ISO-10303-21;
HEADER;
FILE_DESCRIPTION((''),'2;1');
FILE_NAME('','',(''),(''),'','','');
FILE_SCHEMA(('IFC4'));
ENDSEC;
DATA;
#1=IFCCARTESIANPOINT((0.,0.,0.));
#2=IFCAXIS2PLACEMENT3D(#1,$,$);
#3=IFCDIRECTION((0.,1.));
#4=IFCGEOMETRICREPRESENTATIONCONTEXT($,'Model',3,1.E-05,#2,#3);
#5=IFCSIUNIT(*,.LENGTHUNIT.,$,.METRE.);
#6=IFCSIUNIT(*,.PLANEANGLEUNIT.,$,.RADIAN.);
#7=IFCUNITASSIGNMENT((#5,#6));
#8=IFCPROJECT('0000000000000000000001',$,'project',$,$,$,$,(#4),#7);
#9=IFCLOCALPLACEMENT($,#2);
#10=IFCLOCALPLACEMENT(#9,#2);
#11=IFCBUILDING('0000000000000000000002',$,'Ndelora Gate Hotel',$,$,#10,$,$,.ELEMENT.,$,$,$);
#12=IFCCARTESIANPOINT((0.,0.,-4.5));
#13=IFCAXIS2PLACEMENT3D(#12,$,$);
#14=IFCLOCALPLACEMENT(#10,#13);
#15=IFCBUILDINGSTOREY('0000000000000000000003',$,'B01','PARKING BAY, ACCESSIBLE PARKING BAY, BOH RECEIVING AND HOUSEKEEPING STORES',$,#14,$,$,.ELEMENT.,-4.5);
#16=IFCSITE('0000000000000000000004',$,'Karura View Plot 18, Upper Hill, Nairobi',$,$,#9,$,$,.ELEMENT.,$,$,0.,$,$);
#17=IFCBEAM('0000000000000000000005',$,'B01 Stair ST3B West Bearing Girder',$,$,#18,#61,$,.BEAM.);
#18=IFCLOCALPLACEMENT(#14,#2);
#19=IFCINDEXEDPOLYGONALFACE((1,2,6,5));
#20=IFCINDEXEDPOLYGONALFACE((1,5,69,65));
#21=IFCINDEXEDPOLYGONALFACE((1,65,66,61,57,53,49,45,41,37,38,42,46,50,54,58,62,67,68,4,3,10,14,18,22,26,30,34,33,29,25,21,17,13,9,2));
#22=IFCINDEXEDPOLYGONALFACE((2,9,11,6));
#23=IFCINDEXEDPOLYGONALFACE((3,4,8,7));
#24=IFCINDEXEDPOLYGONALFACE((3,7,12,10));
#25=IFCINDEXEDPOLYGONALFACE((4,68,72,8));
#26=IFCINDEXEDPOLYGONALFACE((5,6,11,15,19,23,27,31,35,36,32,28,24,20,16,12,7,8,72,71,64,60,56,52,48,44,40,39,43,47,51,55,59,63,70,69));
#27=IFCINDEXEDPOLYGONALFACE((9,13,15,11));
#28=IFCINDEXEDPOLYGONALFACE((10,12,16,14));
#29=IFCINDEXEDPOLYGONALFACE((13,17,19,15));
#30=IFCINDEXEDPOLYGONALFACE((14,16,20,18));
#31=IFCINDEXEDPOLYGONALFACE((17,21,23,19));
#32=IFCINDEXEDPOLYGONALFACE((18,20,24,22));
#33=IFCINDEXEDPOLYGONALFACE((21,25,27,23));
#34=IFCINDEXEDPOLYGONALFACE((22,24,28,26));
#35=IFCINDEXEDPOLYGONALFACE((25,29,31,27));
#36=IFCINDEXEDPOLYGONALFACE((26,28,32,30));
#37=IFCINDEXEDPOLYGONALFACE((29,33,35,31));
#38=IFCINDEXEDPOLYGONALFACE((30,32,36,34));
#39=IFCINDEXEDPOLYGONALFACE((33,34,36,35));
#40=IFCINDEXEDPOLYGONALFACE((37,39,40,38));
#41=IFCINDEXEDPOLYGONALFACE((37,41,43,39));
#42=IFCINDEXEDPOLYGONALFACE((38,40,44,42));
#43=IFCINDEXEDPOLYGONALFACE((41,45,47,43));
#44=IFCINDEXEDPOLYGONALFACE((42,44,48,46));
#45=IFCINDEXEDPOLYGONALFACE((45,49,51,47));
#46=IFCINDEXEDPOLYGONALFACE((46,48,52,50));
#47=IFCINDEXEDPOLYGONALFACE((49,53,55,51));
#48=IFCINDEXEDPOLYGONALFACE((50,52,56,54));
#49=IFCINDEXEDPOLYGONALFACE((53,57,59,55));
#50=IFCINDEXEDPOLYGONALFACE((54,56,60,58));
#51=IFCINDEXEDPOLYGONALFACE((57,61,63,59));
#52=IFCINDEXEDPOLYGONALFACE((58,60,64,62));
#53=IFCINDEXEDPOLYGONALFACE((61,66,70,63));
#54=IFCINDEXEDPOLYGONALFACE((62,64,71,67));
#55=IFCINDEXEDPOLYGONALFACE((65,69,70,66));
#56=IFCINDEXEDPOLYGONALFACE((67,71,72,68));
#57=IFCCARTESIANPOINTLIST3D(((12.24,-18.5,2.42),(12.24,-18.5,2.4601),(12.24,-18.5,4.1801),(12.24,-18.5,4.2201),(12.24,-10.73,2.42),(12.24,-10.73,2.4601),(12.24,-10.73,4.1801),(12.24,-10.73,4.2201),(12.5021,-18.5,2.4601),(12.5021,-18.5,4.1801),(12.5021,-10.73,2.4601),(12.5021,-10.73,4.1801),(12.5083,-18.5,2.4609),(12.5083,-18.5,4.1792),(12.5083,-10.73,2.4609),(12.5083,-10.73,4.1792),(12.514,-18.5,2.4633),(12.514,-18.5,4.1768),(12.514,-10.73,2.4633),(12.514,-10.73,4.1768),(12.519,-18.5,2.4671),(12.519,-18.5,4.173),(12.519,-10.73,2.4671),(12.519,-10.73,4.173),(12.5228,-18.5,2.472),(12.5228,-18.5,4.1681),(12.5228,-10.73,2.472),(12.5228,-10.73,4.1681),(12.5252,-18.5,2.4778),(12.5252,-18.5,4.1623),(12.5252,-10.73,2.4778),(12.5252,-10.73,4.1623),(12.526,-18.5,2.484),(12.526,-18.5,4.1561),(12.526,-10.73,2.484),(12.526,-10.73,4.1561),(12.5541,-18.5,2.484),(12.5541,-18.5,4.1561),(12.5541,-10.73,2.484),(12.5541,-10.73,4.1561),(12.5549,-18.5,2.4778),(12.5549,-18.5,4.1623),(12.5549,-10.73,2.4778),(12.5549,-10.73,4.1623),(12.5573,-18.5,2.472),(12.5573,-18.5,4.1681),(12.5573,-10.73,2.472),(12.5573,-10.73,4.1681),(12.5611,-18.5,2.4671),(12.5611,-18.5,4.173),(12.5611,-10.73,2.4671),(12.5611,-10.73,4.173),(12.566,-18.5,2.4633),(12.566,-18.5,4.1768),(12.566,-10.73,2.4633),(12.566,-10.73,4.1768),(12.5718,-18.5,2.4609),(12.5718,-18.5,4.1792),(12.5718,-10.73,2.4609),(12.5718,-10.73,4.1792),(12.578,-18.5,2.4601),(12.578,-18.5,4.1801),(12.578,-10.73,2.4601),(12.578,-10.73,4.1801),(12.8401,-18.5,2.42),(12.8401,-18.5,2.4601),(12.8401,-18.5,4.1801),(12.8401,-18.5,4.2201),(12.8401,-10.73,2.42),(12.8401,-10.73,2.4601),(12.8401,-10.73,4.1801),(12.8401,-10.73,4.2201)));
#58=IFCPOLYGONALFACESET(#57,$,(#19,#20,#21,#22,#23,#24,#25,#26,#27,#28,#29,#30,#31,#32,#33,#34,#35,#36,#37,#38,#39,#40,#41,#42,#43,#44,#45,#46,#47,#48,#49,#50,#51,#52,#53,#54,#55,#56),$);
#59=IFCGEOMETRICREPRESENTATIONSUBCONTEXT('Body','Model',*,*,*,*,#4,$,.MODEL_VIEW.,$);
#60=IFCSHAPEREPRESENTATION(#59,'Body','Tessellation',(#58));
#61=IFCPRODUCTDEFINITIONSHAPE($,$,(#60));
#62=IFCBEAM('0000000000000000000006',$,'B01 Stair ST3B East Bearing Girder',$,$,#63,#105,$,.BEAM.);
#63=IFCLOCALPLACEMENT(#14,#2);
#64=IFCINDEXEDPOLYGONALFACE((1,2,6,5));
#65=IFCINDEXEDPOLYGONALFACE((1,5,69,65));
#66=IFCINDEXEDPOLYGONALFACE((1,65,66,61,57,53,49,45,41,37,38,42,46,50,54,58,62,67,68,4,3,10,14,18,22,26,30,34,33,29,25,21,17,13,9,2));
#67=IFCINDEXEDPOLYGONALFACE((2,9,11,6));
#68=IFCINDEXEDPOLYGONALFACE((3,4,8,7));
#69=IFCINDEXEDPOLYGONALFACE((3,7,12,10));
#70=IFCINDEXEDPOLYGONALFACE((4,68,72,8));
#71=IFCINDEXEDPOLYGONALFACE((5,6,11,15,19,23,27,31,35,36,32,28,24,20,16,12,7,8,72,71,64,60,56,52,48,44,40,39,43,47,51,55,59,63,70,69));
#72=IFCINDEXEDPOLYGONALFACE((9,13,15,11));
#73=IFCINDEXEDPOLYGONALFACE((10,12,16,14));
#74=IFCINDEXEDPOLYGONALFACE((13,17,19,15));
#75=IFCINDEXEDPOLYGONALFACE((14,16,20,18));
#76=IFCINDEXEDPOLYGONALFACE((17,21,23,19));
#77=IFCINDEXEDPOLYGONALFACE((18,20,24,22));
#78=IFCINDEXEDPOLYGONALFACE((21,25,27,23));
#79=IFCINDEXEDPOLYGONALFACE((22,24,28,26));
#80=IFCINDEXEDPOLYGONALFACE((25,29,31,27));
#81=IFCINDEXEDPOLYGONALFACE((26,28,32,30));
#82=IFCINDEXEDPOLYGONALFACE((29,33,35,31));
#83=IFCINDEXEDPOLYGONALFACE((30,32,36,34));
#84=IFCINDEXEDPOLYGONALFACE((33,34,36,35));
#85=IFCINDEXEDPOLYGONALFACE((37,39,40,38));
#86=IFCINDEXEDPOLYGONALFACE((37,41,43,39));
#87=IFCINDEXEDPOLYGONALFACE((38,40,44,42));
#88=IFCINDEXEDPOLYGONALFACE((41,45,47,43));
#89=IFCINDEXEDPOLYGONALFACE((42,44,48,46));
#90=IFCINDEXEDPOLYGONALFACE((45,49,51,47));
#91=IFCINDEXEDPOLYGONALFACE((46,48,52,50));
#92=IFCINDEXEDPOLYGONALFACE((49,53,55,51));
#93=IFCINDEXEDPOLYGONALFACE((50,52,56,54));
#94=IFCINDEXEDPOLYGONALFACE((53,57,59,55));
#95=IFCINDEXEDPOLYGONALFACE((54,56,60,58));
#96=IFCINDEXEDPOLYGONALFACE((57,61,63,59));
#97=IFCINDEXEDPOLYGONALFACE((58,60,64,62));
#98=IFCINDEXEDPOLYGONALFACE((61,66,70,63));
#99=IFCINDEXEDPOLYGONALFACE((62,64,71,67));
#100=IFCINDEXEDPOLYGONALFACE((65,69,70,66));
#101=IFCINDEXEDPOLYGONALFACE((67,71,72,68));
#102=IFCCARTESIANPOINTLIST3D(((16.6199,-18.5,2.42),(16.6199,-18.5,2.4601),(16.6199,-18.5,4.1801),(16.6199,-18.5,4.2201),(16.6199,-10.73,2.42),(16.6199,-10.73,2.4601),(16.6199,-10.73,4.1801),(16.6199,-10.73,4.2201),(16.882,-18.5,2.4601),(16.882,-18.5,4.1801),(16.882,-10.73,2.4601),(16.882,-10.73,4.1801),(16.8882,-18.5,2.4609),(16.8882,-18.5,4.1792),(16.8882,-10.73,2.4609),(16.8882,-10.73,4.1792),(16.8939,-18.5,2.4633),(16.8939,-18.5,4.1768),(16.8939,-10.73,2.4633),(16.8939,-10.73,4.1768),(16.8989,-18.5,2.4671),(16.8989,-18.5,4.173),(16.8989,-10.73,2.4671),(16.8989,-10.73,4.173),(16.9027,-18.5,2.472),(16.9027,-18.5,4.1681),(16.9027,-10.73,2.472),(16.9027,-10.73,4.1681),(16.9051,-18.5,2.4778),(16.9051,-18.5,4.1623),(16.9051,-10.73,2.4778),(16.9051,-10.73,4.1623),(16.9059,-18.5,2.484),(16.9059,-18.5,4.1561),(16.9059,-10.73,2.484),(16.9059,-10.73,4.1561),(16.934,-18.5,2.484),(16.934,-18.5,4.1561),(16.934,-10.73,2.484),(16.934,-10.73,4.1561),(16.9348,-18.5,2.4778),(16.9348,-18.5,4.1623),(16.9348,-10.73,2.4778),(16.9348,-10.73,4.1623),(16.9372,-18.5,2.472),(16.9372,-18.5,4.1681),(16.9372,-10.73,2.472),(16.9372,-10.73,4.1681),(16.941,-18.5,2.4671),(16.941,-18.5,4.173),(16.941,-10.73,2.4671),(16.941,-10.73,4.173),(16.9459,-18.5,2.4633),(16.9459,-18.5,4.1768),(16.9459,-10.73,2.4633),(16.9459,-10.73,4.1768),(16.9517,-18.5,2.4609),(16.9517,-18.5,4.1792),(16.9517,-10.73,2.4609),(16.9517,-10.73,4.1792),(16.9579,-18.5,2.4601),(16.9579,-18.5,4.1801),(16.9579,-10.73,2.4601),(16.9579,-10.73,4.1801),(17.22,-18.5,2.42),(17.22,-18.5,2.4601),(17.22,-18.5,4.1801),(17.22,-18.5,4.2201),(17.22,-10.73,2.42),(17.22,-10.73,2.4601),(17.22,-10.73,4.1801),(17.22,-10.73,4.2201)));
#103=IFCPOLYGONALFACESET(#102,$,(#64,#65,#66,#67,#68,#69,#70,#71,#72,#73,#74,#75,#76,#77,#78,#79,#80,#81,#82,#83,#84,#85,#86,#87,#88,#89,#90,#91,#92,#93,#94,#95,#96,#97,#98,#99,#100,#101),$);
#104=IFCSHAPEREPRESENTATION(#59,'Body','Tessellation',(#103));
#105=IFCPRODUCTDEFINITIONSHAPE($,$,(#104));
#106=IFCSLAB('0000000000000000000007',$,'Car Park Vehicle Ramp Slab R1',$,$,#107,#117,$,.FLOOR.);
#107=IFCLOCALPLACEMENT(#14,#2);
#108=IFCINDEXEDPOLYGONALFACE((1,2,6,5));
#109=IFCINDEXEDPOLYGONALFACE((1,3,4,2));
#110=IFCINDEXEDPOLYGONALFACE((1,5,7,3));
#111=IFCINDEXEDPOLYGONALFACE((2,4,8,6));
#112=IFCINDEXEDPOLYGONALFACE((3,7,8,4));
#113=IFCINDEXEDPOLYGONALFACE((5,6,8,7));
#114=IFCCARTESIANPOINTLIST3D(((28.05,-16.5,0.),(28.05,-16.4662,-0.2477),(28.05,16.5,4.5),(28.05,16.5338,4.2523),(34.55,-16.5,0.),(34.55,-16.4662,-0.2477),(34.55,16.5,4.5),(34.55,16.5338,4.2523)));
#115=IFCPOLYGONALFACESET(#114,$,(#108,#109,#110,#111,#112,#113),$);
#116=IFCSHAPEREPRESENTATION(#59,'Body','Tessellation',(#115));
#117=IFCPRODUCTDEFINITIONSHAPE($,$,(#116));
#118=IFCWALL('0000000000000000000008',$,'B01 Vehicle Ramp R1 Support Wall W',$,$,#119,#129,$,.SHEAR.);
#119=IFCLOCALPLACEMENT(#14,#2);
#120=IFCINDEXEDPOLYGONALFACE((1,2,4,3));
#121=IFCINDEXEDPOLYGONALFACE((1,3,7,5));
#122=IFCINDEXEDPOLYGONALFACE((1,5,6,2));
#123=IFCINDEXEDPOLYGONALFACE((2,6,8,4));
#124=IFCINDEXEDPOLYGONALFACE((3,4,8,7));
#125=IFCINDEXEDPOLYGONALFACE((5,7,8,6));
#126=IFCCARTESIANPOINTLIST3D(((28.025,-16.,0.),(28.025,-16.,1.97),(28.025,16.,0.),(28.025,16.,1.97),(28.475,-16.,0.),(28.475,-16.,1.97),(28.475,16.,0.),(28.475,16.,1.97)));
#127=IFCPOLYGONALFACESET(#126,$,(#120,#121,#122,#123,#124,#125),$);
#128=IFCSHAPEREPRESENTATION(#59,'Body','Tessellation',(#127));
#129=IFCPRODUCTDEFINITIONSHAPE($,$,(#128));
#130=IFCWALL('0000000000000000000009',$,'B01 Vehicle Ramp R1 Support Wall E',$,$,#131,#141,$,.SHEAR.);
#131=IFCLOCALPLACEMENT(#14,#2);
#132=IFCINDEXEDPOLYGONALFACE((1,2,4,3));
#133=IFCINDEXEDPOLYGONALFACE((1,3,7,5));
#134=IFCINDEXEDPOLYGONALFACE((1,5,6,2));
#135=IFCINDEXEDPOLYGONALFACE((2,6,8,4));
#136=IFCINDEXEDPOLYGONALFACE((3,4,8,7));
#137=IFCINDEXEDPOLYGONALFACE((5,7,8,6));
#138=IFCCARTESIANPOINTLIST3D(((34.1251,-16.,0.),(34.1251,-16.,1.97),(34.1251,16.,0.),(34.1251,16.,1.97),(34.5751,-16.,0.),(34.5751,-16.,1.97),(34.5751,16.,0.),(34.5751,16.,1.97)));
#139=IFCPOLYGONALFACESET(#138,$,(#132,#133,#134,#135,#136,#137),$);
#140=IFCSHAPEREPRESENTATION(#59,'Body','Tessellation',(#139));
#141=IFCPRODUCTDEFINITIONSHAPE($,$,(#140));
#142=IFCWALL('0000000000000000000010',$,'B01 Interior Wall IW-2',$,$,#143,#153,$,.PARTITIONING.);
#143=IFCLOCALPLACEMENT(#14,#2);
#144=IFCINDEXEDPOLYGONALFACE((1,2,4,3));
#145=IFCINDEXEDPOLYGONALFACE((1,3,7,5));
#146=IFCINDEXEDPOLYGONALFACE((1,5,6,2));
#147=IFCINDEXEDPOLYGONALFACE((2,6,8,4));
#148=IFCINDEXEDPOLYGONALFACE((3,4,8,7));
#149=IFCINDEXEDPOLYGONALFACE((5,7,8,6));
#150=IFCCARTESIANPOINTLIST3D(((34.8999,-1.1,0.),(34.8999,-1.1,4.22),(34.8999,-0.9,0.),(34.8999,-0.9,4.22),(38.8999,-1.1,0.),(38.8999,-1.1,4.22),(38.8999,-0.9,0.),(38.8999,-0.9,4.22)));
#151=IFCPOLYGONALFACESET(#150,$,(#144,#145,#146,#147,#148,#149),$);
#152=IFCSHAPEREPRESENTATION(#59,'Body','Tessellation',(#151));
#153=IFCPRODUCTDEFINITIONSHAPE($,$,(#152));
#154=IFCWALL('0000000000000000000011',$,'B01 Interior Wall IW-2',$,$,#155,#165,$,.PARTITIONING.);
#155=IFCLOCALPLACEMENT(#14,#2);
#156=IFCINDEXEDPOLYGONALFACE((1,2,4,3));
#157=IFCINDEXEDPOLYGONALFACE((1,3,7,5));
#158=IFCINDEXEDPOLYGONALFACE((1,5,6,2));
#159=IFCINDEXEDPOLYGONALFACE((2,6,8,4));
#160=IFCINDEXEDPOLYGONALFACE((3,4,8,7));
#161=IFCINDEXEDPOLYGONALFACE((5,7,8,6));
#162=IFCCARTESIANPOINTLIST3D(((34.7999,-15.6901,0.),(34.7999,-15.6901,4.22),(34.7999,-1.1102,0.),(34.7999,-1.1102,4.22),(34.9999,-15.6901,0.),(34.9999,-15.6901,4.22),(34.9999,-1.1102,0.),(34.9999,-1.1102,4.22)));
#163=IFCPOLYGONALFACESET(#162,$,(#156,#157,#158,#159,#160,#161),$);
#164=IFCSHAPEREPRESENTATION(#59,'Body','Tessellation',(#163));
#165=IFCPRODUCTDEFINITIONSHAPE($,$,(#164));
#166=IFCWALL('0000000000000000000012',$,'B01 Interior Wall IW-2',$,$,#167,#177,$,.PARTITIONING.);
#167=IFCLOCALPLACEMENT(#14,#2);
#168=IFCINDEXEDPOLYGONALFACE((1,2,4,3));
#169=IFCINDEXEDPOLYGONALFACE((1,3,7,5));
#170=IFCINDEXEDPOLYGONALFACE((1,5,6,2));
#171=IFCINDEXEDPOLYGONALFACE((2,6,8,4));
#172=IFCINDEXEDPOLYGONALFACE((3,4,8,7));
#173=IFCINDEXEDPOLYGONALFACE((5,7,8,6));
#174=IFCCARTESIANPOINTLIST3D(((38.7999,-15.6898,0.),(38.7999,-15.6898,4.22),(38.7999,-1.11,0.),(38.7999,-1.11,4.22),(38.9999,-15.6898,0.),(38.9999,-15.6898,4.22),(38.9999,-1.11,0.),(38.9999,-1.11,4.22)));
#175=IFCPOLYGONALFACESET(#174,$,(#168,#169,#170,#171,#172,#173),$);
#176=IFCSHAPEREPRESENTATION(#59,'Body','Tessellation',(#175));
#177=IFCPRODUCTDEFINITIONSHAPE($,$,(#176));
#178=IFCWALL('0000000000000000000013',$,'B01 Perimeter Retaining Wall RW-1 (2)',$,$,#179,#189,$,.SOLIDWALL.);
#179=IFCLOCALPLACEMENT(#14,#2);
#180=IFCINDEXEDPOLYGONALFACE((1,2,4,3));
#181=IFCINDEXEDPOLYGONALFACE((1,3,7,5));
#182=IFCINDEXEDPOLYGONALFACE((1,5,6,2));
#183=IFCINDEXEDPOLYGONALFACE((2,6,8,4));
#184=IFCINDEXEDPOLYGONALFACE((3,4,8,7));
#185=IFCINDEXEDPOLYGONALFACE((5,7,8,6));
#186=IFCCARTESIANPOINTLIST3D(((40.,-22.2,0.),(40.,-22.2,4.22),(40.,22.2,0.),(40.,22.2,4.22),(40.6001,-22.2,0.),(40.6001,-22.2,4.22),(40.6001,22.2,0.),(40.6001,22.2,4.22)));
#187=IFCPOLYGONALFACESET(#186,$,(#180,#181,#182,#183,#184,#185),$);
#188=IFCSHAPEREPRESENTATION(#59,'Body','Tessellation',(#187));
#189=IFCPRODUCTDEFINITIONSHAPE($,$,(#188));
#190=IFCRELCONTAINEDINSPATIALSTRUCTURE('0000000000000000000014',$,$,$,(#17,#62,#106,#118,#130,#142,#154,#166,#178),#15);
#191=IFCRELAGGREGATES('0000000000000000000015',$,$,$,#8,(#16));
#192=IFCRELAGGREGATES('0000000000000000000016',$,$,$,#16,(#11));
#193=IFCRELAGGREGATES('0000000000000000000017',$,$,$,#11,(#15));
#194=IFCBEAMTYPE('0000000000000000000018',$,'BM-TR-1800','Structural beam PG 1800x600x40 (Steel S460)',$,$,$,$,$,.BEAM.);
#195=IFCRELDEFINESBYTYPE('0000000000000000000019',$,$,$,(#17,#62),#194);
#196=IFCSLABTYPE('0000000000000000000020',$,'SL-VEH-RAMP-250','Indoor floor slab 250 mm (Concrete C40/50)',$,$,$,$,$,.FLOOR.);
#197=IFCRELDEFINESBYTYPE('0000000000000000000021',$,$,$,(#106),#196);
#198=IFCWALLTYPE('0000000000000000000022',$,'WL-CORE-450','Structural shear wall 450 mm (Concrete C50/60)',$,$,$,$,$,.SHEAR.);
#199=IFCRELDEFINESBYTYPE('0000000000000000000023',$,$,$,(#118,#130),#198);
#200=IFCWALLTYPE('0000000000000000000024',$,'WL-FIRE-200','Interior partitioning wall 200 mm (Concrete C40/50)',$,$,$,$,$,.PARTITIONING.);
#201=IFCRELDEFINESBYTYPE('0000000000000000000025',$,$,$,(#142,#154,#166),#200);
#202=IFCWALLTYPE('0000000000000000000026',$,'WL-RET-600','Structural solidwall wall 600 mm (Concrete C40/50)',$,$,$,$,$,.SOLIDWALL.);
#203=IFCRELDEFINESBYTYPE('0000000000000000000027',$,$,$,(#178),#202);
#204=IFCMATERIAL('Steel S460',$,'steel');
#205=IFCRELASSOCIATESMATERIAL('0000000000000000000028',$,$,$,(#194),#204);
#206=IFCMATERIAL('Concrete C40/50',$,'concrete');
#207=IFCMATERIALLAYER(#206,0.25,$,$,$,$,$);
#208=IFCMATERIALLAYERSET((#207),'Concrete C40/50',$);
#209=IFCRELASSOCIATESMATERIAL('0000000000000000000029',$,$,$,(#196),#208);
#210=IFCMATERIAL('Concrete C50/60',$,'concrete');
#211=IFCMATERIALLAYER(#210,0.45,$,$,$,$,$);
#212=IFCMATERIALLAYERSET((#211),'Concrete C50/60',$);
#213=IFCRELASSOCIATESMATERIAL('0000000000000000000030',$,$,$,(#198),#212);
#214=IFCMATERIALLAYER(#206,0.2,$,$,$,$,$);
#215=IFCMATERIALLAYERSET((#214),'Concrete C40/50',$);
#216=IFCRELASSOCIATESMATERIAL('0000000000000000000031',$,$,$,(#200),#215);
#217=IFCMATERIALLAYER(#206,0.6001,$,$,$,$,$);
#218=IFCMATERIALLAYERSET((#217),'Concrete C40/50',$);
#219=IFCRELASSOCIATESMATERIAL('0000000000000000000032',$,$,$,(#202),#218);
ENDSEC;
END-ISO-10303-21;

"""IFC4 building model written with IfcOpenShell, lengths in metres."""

from ifc_helpers import new_model, si_unit, direction, frame, frame_2d, origin, origin_2d, place, context, subcontext, project, spatial, polyline, rectangle, i_section, outline, extrude, material, layer, layer_set, material_profile, profile_set, type_object, element, save


model = new_model("IFC4")

# Units and contexts
model_context = context("Model", 3, precision=1e-05, world=origin(), true_north=direction((0.0, 1.0)))
body_context = subcontext(model_context, "Body", "Model", "MODEL_VIEW")
ifc_project = project(units=[si_unit("LENGTHUNIT", "METRE"), si_unit("PLANEANGLEUNIT", "RADIAN")], contexts=[model_context])

# Site, building, storey
site_placement = place(None, origin())
site = spatial("IfcSite", under=ifc_project, at=site_placement, Name="Karura View Plot 18, Upper Hill, Nairobi", CompositionType="ELEMENT", RefElevation=0.0)
building_placement = place(site_placement, origin())
building = spatial("IfcBuilding", under=site, at=building_placement, Name="Ndelora Gate Hotel", CompositionType="ELEMENT")
storey_placement = place(building_placement, frame((0.0, 0.0, -4.5)))
storey = spatial("IfcBuildingStorey", under=building, at=storey_placement, Name="B01", Description="PARKING BAY, ACCESSIBLE PARKING BAY, BOH RECEIVING AND HOUSEKEEPING STORES", CompositionType="ELEMENT", Elevation=-4.5)

# Shared definitions
ifc_material_1 = material(Name="Concrete C50/60", Category="concrete")

# Beams
ifc_material_2 = material(Name="Steel S460", Category="steel")
ifc_material_profile_1 = material_profile(ifc_material_2, i_section(OverallWidth=0.6001, OverallDepth=1.8, WebThickness=0.0281, FlangeThickness=0.04, FilletRadius=0.0239, at=origin_2d()), Name="PG 1800x600x40")
ifc_profile_set_1 = profile_set([ifc_material_profile_1], Name="Steel S460")
beam_type_1 = type_object("IfcBeamType", Name="BM-TR-1800", Description="Structural beam PG 1800x600x40 (Steel S460)", PredefinedType="BEAM", material=ifc_profile_set_1)
for number, where, z_axis, x_axis, name in (
    (1, (12.54, -18.5, 3.3201), (0.0, 1.0, 0.0), (-1.0, 0.0, 0.0), "B01 Stair ST3B West Bearing Girder"),
    (2, (16.9199, -18.5, 3.3201), (0.0, 1.0, 0.0), (-1.0, 0.0, 0.0), "B01 Stair ST3B East Bearing Girder"),
):
    element("IfcBeam", number, at=place(storey_placement, frame(where, z_axis=z_axis, x_axis=x_axis)), inside=storey, type_object=beam_type_1, Name=name, PredefinedType="BEAM", context=body_context, shape_type="SweptSolid", body=[
        extrude(i_section(OverallWidth=0.6001, OverallDepth=1.8, WebThickness=0.0281, FlangeThickness=0.04, FilletRadius=0.0239, at=origin_2d()), origin(), (0.0, 0.0, 1.0), 7.77),
    ])

# Slab
ifc_material_3 = material(Name="Concrete C40/50", Category="concrete")
ifc_layer_1 = layer(ifc_material_3, 0.25)
ifc_layer_set_1 = layer_set([ifc_layer_1], Name="Concrete C40/50")
slab_type = type_object("IfcSlabType", Name="SL-VEH-RAMP-250", Description="Indoor floor slab 250 mm (Concrete C40/50)", PredefinedType="FLOOR", material=ifc_layer_set_1)
slab_placement = place(storey_placement, frame((28.05, -16.5, 0.0), z_axis=(0.0, -0.135113, 0.99083), x_axis=(1.0, 0.0, 0.0)))
element("IfcSlab", 3, at=slab_placement, inside=storey, type_object=slab_type, Name="Car Park Vehicle Ramp Slab R1", PredefinedType="FLOOR", context=body_context, shape_type="SweptSolid", body=[
    extrude(outline(polyline([(0.0, 0.0), (6.5, 0.0), (6.5, 33.3054), (0.0, 33.3054), (0.0, 0.0)])), origin(), (0.0, 0.0, -1.0), 0.25),
])

# Walls
ifc_layer_2 = layer(ifc_material_1, 0.45)
ifc_layer_set_2 = layer_set([ifc_layer_2], Name="Concrete C50/60")
wall_type_1 = type_object("IfcWallType", Name="WL-CORE-450", Description="Structural shear wall 450 mm (Concrete C50/60)", PredefinedType="SHEAR", material=ifc_layer_set_2)
for number, where, z_axis, x_axis, name in (
    (4, (28.25, -16.0, 0.0), (0.0, 0.0, 1.0), (0.0, 1.0, 0.0), "B01 Vehicle Ramp R1 Support Wall W"),
    (5, (34.3501, -16.0, 0.0), (0.0, 0.0, 1.0), (0.0, 1.0, 0.0), "B01 Vehicle Ramp R1 Support Wall E"),
):
    element("IfcWall", number, at=place(storey_placement, frame(where, z_axis=z_axis, x_axis=x_axis)), inside=storey, type_object=wall_type_1, Name=name, PredefinedType="SHEAR", context=body_context, shape_type="SweptSolid", body=[
        extrude(rectangle(XDim=32.0, YDim=0.45, at=frame_2d((16.0, 0.0))), origin(), (0.0, 0.0, 1.0), 1.97),
    ])
ifc_layer_3 = layer(ifc_material_3, 0.2)
ifc_layer_set_3 = layer_set([ifc_layer_3], Name="Concrete C40/50")
wall_type_2 = type_object("IfcWallType", Name="WL-FIRE-200", Description="Interior partitioning wall 200 mm (Concrete C40/50)", PredefinedType="PARTITIONING", material=ifc_layer_set_3)
wall_1_placement = place(storey_placement, frame((34.8999, -1.0, 0.0), z_axis=(0.0, 0.0, 1.0), x_axis=(1.0, 0.0, 0.0)))
element("IfcWall", 6, at=wall_1_placement, inside=storey, type_object=wall_type_2, Name="B01 Interior Wall IW-2", PredefinedType="PARTITIONING", context=body_context, shape_type="SweptSolid", body=[
    extrude(rectangle(XDim=4.0, YDim=0.2, at=frame_2d((2.0, 0.0))), origin(), (0.0, 0.0, 1.0), 4.22),
])

# Walls
for number, where, z_axis, x_axis, name in (
    (7, (34.8999, -1.1101, 0.0), (0.0, 0.0, 1.0), (0.0, -1.0, 0.0), "B01 Interior Wall IW-2"),
    (8, (38.8999, -15.6899, 0.0), (0.0, 0.0, 1.0), (0.0, 1.0, 0.0), "B01 Interior Wall IW-2"),
):
    element("IfcWall", number, at=place(storey_placement, frame(where, z_axis=z_axis, x_axis=x_axis)), inside=storey, type_object=wall_type_2, Name=name, PredefinedType="PARTITIONING", context=body_context, shape_type="SweptSolid", body=[
        extrude(rectangle(XDim=14.5798, YDim=0.2, at=frame_2d((7.29, 0.0))), origin(), (0.0, 0.0, 1.0), 4.22),
    ])
ifc_layer_4 = layer(ifc_material_3, 0.6001)
ifc_layer_set_4 = layer_set([ifc_layer_4], Name="Concrete C40/50")
wall_type_3 = type_object("IfcWallType", Name="WL-RET-600", Description="Structural solidwall wall 600 mm (Concrete C40/50)", PredefinedType="SOLIDWALL", material=ifc_layer_set_4)
wall_2_placement = place(storey_placement, frame((40.3, -22.2, 0.0), z_axis=(0.0, 0.0, 1.0), x_axis=(0.0, 1.0, 0.0)))
element("IfcWall", 9, at=wall_2_placement, inside=storey, type_object=wall_type_3, Name="B01 Perimeter Retaining Wall RW-1 (2)", PredefinedType="SOLIDWALL", context=body_context, shape_type="SweptSolid", body=[
    extrude(rectangle(XDim=44.3999, YDim=0.6001, at=frame_2d((22.2, 0.0))), origin(), (0.0, 0.0, 1.0), 4.22),
])

save(model, "model.ifc")
